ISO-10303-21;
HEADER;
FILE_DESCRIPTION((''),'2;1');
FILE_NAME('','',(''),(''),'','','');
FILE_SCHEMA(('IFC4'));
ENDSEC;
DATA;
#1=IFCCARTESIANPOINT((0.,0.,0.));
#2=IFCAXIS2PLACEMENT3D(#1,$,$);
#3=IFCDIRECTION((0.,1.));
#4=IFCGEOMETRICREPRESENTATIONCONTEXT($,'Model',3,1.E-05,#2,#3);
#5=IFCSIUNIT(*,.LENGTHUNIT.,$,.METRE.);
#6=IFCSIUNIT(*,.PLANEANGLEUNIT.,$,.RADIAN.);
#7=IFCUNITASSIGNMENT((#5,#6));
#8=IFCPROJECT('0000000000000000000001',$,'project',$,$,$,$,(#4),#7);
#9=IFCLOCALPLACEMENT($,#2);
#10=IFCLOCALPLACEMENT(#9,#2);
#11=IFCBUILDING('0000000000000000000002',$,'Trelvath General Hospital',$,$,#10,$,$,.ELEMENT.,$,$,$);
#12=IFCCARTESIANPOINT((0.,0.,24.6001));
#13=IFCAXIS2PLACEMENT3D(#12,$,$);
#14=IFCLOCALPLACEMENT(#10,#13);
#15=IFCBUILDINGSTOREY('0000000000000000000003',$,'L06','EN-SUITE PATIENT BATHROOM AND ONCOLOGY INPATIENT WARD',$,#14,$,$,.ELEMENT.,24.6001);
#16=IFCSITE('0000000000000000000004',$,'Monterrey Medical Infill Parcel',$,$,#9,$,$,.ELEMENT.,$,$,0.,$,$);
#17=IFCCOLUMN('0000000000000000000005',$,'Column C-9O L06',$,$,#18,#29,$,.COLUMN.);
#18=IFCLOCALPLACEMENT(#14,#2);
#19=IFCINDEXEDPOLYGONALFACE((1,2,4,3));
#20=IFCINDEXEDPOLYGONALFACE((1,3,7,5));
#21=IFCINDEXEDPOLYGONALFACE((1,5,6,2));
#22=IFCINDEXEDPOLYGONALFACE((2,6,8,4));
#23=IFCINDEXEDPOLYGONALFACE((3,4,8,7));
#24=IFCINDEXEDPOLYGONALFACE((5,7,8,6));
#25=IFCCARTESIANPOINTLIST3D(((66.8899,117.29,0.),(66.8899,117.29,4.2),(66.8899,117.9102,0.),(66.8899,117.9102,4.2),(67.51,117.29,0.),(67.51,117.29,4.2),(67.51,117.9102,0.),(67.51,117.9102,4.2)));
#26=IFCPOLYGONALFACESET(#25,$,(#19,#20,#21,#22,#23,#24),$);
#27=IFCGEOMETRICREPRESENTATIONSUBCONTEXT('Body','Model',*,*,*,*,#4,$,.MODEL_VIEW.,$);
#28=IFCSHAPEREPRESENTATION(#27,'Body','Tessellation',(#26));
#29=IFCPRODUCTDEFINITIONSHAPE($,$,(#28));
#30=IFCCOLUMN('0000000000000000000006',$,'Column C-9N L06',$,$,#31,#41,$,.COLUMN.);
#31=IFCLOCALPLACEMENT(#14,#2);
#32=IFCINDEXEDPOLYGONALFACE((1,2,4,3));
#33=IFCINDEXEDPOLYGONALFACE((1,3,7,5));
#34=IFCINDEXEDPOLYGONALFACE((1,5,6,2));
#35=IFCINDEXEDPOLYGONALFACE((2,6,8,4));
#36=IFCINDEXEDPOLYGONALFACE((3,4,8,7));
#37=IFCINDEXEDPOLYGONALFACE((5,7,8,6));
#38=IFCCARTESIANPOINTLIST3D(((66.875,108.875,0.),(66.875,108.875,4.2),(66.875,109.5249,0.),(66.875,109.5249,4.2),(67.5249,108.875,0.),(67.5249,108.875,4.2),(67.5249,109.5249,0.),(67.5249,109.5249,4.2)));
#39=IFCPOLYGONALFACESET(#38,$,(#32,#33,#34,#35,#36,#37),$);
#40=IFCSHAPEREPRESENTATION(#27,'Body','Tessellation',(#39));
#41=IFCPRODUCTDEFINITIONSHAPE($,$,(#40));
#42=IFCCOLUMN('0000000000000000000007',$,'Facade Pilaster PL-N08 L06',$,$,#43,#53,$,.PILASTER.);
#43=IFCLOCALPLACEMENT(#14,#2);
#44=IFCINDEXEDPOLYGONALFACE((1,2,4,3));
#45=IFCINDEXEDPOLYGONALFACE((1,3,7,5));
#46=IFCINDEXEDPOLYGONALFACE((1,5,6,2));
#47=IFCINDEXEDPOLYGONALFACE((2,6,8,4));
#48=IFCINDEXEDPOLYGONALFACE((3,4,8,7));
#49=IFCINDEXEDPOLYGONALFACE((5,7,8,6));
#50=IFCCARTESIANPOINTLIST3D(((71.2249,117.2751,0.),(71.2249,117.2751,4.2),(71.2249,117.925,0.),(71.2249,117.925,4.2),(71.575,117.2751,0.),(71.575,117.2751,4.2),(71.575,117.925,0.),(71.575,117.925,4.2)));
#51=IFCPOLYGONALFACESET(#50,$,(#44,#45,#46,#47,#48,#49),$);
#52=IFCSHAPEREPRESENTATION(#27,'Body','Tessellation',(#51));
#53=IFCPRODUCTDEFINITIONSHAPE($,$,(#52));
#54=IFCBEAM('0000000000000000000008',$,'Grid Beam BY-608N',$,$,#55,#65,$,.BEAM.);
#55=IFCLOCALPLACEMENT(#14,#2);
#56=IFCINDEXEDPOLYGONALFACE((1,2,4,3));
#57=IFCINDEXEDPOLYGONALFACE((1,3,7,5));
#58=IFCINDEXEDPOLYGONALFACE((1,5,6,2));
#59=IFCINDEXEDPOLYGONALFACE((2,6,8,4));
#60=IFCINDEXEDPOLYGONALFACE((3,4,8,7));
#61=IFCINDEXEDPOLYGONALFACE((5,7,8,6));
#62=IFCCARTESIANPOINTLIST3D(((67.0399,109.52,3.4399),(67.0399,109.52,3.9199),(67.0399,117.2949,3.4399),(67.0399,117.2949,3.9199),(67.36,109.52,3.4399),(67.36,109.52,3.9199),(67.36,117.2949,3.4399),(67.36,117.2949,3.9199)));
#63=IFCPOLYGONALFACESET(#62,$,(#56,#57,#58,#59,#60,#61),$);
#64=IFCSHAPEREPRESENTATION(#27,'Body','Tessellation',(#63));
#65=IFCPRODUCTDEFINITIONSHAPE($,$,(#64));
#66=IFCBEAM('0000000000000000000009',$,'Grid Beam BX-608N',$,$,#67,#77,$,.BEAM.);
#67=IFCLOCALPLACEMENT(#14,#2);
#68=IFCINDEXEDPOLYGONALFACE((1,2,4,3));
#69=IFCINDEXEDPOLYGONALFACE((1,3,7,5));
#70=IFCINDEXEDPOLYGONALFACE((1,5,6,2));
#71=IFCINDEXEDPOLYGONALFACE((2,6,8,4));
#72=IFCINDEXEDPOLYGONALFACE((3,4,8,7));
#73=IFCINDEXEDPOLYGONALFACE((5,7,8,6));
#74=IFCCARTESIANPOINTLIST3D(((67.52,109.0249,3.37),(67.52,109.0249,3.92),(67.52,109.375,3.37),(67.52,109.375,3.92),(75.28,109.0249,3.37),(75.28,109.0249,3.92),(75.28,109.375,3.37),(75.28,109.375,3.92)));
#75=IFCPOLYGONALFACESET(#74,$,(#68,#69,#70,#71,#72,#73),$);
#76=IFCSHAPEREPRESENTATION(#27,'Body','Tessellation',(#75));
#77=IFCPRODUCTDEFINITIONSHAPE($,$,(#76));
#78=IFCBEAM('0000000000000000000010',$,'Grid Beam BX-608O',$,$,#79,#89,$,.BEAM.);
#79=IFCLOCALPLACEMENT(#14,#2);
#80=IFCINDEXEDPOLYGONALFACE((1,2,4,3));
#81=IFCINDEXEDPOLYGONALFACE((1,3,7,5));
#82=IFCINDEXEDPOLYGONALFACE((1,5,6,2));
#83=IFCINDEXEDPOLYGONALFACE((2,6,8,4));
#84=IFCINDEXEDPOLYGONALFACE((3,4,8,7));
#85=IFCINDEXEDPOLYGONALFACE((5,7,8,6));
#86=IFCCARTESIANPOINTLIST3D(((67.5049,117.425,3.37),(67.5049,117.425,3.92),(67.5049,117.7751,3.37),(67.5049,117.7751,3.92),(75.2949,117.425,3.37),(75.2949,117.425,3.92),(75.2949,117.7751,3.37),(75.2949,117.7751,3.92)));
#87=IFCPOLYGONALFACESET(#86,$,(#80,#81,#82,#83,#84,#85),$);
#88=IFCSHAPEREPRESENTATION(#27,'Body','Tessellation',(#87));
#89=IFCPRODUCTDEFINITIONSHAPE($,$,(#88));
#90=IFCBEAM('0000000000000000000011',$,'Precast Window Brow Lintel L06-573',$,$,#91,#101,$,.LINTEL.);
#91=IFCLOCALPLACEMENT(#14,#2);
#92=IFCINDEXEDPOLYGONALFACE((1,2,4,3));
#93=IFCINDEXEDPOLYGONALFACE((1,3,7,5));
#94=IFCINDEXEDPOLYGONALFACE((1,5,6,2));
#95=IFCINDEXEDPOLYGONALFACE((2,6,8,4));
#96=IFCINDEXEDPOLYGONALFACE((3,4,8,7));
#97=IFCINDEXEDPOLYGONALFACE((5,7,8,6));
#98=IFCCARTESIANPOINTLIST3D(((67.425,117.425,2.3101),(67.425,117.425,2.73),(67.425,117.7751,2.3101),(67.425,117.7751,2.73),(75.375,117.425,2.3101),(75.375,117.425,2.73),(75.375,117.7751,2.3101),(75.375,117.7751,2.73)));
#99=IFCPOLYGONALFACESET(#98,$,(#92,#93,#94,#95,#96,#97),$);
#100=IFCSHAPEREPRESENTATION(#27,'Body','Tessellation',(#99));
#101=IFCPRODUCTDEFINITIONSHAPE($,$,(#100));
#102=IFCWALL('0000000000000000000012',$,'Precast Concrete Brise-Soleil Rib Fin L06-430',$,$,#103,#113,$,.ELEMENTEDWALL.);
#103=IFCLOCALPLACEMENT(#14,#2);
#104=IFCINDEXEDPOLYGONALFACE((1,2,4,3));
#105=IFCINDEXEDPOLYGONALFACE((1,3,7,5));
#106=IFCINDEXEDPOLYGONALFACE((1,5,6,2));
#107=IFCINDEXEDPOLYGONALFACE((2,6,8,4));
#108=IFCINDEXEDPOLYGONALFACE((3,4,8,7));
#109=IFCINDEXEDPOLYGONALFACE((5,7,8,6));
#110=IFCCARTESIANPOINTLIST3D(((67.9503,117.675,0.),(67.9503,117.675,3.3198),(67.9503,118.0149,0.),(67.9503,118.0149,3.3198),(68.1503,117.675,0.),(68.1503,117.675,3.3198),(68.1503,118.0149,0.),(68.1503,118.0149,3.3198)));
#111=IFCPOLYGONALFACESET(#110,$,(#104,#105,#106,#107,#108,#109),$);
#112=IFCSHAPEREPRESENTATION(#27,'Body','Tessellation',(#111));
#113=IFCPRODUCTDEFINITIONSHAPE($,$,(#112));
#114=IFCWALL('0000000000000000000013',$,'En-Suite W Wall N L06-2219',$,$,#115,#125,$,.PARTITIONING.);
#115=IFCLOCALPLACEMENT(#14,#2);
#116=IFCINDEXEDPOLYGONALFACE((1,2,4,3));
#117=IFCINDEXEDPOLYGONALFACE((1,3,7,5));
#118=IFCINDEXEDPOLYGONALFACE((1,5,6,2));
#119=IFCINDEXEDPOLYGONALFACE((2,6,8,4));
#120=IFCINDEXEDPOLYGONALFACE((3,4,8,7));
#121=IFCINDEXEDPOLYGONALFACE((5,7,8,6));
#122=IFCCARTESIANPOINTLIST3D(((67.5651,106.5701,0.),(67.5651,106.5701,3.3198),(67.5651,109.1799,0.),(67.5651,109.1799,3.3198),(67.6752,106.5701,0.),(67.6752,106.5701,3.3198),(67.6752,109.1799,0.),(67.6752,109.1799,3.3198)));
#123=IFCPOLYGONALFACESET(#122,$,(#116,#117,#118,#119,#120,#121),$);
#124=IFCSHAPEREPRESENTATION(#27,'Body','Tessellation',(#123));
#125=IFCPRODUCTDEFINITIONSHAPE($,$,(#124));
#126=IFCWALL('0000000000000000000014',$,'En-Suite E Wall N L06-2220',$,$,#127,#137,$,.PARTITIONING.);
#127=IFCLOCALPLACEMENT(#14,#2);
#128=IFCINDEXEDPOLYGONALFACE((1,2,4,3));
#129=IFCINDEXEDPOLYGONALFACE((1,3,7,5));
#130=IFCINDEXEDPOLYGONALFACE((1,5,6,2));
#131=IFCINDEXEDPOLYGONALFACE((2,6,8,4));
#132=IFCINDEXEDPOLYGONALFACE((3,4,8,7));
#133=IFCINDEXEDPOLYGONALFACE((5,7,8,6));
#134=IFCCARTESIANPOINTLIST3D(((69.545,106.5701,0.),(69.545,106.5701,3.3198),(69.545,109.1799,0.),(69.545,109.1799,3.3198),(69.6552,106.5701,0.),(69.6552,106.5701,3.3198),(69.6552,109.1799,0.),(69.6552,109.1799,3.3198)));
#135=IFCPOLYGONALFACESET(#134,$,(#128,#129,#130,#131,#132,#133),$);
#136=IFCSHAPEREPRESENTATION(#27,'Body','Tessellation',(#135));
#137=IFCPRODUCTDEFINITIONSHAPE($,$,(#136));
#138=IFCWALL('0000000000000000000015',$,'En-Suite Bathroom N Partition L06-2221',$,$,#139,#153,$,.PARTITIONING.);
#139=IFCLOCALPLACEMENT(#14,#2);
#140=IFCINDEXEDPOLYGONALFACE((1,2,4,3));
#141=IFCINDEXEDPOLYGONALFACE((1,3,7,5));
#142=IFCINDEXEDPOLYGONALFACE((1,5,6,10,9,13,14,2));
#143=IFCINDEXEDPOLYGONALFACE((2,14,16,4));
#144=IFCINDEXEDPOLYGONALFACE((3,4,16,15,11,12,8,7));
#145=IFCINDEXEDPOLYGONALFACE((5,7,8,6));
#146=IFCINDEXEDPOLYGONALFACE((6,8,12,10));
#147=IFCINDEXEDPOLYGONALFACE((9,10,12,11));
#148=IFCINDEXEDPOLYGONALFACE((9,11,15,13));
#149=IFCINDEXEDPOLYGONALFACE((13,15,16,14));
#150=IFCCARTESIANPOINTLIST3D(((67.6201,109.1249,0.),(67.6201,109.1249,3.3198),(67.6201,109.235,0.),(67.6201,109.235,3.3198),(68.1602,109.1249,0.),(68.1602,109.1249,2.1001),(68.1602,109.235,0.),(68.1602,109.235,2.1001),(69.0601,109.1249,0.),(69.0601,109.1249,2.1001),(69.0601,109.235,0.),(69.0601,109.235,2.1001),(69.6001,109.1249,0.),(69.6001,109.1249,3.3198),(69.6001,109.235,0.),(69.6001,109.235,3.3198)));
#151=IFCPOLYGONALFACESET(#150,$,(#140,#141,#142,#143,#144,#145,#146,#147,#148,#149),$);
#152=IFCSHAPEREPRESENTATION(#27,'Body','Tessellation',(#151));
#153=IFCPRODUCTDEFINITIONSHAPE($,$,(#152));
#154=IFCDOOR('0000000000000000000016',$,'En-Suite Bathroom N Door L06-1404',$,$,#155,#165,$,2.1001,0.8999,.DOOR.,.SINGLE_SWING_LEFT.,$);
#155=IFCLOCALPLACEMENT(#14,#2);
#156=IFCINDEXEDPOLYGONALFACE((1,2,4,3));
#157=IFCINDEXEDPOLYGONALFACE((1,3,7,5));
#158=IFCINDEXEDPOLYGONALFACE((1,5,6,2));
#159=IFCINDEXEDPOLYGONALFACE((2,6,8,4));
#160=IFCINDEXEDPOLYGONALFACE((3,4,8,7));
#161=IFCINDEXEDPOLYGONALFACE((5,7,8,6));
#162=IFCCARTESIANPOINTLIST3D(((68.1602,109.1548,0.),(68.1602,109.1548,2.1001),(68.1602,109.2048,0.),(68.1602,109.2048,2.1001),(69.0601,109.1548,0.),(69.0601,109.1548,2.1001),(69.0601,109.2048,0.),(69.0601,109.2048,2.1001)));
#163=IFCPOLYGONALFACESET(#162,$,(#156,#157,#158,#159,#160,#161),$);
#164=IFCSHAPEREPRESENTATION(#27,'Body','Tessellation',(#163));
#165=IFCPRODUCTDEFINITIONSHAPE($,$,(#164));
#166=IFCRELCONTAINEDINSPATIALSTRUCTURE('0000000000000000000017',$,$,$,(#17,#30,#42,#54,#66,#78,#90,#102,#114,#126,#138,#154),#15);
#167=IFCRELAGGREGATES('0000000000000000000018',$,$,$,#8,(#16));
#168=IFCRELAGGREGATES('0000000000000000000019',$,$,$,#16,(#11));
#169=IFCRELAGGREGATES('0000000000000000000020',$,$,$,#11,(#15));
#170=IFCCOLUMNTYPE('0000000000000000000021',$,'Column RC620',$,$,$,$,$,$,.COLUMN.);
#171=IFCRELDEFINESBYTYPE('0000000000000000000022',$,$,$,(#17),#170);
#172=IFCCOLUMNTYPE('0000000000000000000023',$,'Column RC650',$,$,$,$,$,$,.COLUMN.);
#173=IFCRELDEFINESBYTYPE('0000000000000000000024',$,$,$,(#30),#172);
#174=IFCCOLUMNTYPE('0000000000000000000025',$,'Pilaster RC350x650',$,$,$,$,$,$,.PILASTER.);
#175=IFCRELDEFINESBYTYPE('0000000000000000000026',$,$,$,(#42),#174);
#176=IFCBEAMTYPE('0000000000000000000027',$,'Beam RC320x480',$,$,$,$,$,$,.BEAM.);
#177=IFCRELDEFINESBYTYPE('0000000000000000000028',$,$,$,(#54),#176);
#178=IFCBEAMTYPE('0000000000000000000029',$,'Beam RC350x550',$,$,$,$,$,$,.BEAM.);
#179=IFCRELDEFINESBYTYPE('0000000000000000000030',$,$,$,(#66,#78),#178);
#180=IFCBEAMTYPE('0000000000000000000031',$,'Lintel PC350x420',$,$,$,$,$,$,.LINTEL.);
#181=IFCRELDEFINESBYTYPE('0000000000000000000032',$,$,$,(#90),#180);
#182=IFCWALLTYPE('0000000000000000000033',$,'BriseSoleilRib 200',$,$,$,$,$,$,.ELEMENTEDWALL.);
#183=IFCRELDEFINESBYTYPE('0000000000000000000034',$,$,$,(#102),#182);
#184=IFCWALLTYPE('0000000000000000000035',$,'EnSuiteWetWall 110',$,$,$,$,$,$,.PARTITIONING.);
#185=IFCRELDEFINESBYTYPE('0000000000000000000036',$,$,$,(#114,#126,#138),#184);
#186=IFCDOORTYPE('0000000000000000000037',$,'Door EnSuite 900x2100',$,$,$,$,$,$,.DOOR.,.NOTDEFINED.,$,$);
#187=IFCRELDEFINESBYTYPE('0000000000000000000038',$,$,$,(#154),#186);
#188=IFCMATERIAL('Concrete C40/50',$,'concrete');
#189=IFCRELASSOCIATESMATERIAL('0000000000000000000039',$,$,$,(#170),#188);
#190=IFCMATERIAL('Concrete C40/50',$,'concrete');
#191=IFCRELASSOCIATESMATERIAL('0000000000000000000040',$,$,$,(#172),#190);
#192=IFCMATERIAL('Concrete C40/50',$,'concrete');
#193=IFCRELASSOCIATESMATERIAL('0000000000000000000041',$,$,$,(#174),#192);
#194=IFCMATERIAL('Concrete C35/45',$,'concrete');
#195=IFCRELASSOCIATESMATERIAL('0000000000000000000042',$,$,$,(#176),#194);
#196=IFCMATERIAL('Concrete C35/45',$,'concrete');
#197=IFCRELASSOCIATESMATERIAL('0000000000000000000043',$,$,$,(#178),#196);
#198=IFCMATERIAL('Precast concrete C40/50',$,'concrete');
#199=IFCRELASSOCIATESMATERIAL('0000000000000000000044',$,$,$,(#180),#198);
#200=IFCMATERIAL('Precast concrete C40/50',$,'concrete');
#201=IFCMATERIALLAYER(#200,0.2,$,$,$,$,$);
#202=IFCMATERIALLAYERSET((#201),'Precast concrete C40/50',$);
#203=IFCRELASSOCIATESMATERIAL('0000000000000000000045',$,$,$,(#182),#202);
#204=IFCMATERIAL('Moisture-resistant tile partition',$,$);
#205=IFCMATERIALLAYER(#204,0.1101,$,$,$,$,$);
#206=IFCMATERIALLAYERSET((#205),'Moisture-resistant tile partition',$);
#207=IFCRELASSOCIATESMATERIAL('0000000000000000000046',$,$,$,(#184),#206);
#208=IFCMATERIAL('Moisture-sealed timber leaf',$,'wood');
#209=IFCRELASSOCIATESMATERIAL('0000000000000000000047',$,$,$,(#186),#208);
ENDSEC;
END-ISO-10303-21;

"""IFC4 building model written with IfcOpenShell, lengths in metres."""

from ifc_helpers import new_model, si_unit, direction, frame, frame_2d, origin, origin_2d, place, context, subcontext, project, spatial, rectangle, extrude, material, layer, layer_set, material_profile, profile_set, type_object, element, fill, save


model = new_model("IFC4")

# Units and contexts
model_context = context("Model", 3, precision=1e-05, world=origin(), true_north=direction((0.0, 1.0)))
body_context = subcontext(model_context, "Body", "Model", "MODEL_VIEW")
ifc_project = project(units=[si_unit("LENGTHUNIT", "METRE"), si_unit("PLANEANGLEUNIT", "RADIAN")], contexts=[model_context])

# Site, building, storey
site_placement = place(None, origin())
site = spatial("IfcSite", under=ifc_project, at=site_placement, Name="Monterrey Medical Infill Parcel", CompositionType="ELEMENT", RefElevation=0.0)
building_placement = place(site_placement, origin())
building = spatial("IfcBuilding", under=site, at=building_placement, Name="Trelvath General Hospital", CompositionType="ELEMENT")
storey_placement = place(building_placement, frame((0.0, 0.0, 24.6001)))
storey = spatial("IfcBuildingStorey", under=building, at=storey_placement, Name="L06", Description="EN-SUITE PATIENT BATHROOM AND ONCOLOGY INPATIENT WARD", CompositionType="ELEMENT", Elevation=24.6001)

# Columns
ifc_material_1 = material(Name="Concrete C40/50", Category="concrete")
ifc_material_profile_1 = material_profile(ifc_material_1, rectangle(XDim=0.6201, YDim=0.6201, at=origin_2d()), Name="RC620x620")
ifc_profile_set_1 = profile_set([ifc_material_profile_1], Name="Concrete C40/50")
column_type_1 = type_object("IfcColumnType", Name="Column RC620", PredefinedType="COLUMN", material=ifc_profile_set_1)
column_1_placement = place(storey_placement, frame((67.2, 117.6001, 0.0), z_axis=(0.0, 0.0, 1.0), x_axis=(1.0, 0.0, 0.0)))
element("IfcColumn", 1, at=column_1_placement, inside=storey, type_object=column_type_1, Name="Column C-9O L06", PredefinedType="COLUMN", context=body_context, shape_type="SweptSolid", body=[
    extrude(rectangle(XDim=0.6201, YDim=0.6201, at=origin_2d()), origin(), (0.0, 0.0, 1.0), 4.2),
])
ifc_material_2 = material(Name="Concrete C40/50", Category="concrete")
ifc_material_profile_2 = material_profile(ifc_material_2, rectangle(XDim=0.6499, YDim=0.6499, at=origin_2d()), Name="RC650x650")
ifc_profile_set_2 = profile_set([ifc_material_profile_2], Name="Concrete C40/50")
column_type_2 = type_object("IfcColumnType", Name="Column RC650", PredefinedType="COLUMN", material=ifc_profile_set_2)
column_2_placement = place(storey_placement, frame((67.2, 109.2, 0.0), z_axis=(0.0, 0.0, 1.0), x_axis=(1.0, 0.0, 0.0)))
element("IfcColumn", 2, at=column_2_placement, inside=storey, type_object=column_type_2, Name="Column C-9N L06", PredefinedType="COLUMN", context=body_context, shape_type="SweptSolid", body=[
    extrude(rectangle(XDim=0.6499, YDim=0.6499, at=origin_2d()), origin(), (0.0, 0.0, 1.0), 4.2),
])
ifc_material_3 = material(Name="Concrete C40/50", Category="concrete")
ifc_material_profile_3 = material_profile(ifc_material_3, rectangle(XDim=0.3501, YDim=0.6499, at=origin_2d()), Name="RC350x650")
ifc_profile_set_3 = profile_set([ifc_material_profile_3], Name="Concrete C40/50")
column_type_3 = type_object("IfcColumnType", Name="Pilaster RC350x650", PredefinedType="PILASTER", material=ifc_profile_set_3)
column_3_placement = place(storey_placement, frame((71.3999, 117.6001, 0.0), z_axis=(0.0, 0.0, 1.0), x_axis=(1.0, 0.0, 0.0)))
element("IfcColumn", 3, at=column_3_placement, inside=storey, type_object=column_type_3, Name="Facade Pilaster PL-N08 L06", PredefinedType="PILASTER", context=body_context, shape_type="SweptSolid", body=[
    extrude(rectangle(XDim=0.3501, YDim=0.6499, at=origin_2d()), origin(), (0.0, 0.0, 1.0), 4.2),
])

# Beams
ifc_material_4 = material(Name="Concrete C35/45", Category="concrete")
ifc_material_profile_4 = material_profile(ifc_material_4, rectangle(XDim=0.3201, YDim=0.48, at=origin_2d()), Name="RCB320x480")
ifc_profile_set_4 = profile_set([ifc_material_profile_4], Name="Concrete C35/45")
beam_type_1 = type_object("IfcBeamType", Name="Beam RC320x480", PredefinedType="BEAM", material=ifc_profile_set_4)
beam_1_placement = place(storey_placement, frame((67.2, 109.52, 3.6799), z_axis=(0.0, 1.0, 0.0), x_axis=(-1.0, 0.0, 0.0)))
element("IfcBeam", 4, at=beam_1_placement, inside=storey, type_object=beam_type_1, Name="Grid Beam BY-608N", PredefinedType="BEAM", context=body_context, shape_type="SweptSolid", body=[
    extrude(rectangle(XDim=0.3201, YDim=0.48, at=origin_2d()), origin(), (0.0, 0.0, 1.0), 7.7749),
])
ifc_material_5 = material(Name="Concrete C35/45", Category="concrete")
ifc_material_profile_5 = material_profile(ifc_material_5, rectangle(XDim=0.3501, YDim=0.55, at=origin_2d()), Name="RCB350x550")
ifc_profile_set_5 = profile_set([ifc_material_profile_5], Name="Concrete C35/45")
beam_type_2 = type_object("IfcBeamType", Name="Beam RC350x550", PredefinedType="BEAM", material=ifc_profile_set_5)
beam_2_placement = place(storey_placement, frame((67.52, 109.2, 3.645), z_axis=(1.0, 0.0, 0.0), x_axis=(0.0, 1.0, 0.0)))
element("IfcBeam", 5, at=beam_2_placement, inside=storey, type_object=beam_type_2, Name="Grid Beam BX-608N", PredefinedType="BEAM", context=body_context, shape_type="SweptSolid", body=[
    extrude(rectangle(XDim=0.3501, YDim=0.55, at=origin_2d()), origin(), (0.0, 0.0, 1.0), 7.76),
])
beam_3_placement = place(storey_placement, frame((67.5049, 117.6001, 3.645), z_axis=(1.0, 0.0, 0.0), x_axis=(0.0, 1.0, 0.0)))
element("IfcBeam", 6, at=beam_3_placement, inside=storey, type_object=beam_type_2, Name="Grid Beam BX-608O", PredefinedType="BEAM", context=body_context, shape_type="SweptSolid", body=[
    extrude(rectangle(XDim=0.3501, YDim=0.55, at=origin_2d()), origin(), (0.0, 0.0, 1.0), 7.79),
])
ifc_material_6 = material(Name="Precast concrete C40/50", Category="concrete")
ifc_material_profile_6 = material_profile(ifc_material_6, rectangle(XDim=0.3501, YDim=0.4199, at=origin_2d()), Name="PCL350x420")
ifc_profile_set_6 = profile_set([ifc_material_profile_6], Name="Precast concrete C40/50")
beam_type_3 = type_object("IfcBeamType", Name="Lintel PC350x420", PredefinedType="LINTEL", material=ifc_profile_set_6)
beam_4_placement = place(storey_placement, frame((67.425, 117.6001, 2.52), z_axis=(1.0, 0.0, 0.0), x_axis=(0.0, 1.0, 0.0)))
element("IfcBeam", 7, at=beam_4_placement, inside=storey, type_object=beam_type_3, Name="Precast Window Brow Lintel L06-573", PredefinedType="LINTEL", context=body_context, shape_type="SweptSolid", body=[
    extrude(rectangle(XDim=0.3501, YDim=0.4199, at=origin_2d()), origin(), (0.0, 0.0, 1.0), 7.95),
])

# Walls
ifc_material_7 = material(Name="Precast concrete C40/50", Category="concrete")
ifc_layer_1 = layer(ifc_material_7, 0.2)
ifc_layer_set_1 = layer_set([ifc_layer_1], Name="Precast concrete C40/50")
wall_type_1 = type_object("IfcWallType", Name="BriseSoleilRib 200", PredefinedType="ELEMENTEDWALL", material=ifc_layer_set_1)
wall_1_placement = place(storey_placement, frame((68.0503, 117.675, 0.0), z_axis=(0.0, 0.0, 1.0), x_axis=(0.0, 1.0, 0.0)))
element("IfcWall", 8, at=wall_1_placement, inside=storey, type_object=wall_type_1, Name="Precast Concrete Brise-Soleil Rib Fin L06-430", PredefinedType="ELEMENTEDWALL", context=body_context, shape_type="SweptSolid", body=[
    extrude(rectangle(XDim=0.3398, YDim=0.2, at=frame_2d((0.1699, 0.0))), origin(), (0.0, 0.0, 1.0), 3.3198),
])
ifc_material_8 = material(Name="Moisture-resistant tile partition")
ifc_layer_2 = layer(ifc_material_8, 0.1101)
ifc_layer_set_2 = layer_set([ifc_layer_2], Name="Moisture-resistant tile partition")
wall_type_2 = type_object("IfcWallType", Name="EnSuiteWetWall 110", PredefinedType="PARTITIONING", material=ifc_layer_set_2)
for number, where, z_axis, x_axis, name in (
    (9, (67.6201, 106.5701, 0.0), (0.0, 0.0, 1.0), (0.0, 1.0, 0.0), "En-Suite W Wall N L06-2219"),
    (10, (69.6001, 106.5701, 0.0), (0.0, 0.0, 1.0), (0.0, 1.0, 0.0), "En-Suite E Wall N L06-2220"),
):
    element("IfcWall", number, at=place(storey_placement, frame(where, z_axis=z_axis, x_axis=x_axis)), inside=storey, type_object=wall_type_2, Name=name, PredefinedType="PARTITIONING", context=body_context, shape_type="SweptSolid", body=[
        extrude(rectangle(XDim=2.6099, YDim=0.1101, at=frame_2d((1.3049, 0.0))), origin(), (0.0, 0.0, 1.0), 3.3198),
    ])

# Wall, opening, door
wall_2_placement = place(storey_placement, frame((67.6201, 109.1799, 0.0), z_axis=(0.0, 0.0, 1.0), x_axis=(1.0, 0.0, 0.0)))
wall_2 = element("IfcWall", 11, at=wall_2_placement, inside=storey, type_object=wall_type_2, Name="En-Suite Bathroom N Partition L06-2221", PredefinedType="PARTITIONING", context=body_context, shape_type="SweptSolid", body=[
    extrude(rectangle(XDim=1.98, YDim=0.1101, at=frame_2d((0.99, 0.0))), origin(), (0.0, 0.0, 1.0), 3.3198),
])
opening_1_placement = place(wall_2_placement, frame((0.54, 0.0, 0.0)))
opening_1 = element("IfcOpeningElement", 12, at=opening_1_placement, cuts=wall_2, PredefinedType="OPENING", context=body_context, shape_type="SweptSolid", body=[
    extrude(rectangle(XDim=0.8999, YDim=2.1001, at=frame_2d((0.45, 1.05))), frame((0.0, 0.0649, 0.0), z_axis=(0.0, -1.0, 0.0), x_axis=(1.0, 0.0, 0.0)), (0.0, 0.0, 1.0), 0.1301),
])
ifc_material_9 = material(Name="Moisture-sealed timber leaf", Category="wood")
door_type = type_object("IfcDoorType", Name="Door EnSuite 900x2100", OperationType="NOTDEFINED", PredefinedType="DOOR", material=ifc_material_9)
door_placement = place(opening_1_placement, origin())
door = element("IfcDoor", 13, at=door_placement, inside=storey, type_object=door_type, Name="En-Suite Bathroom N Door L06-1404", OperationType="SINGLE_SWING_LEFT", OverallHeight=2.1001, OverallWidth=0.8999, PredefinedType="DOOR", context=body_context, shape_type="SweptSolid", body=[
    extrude(rectangle(XDim=0.8999, YDim=2.1001, at=frame_2d((0.45, 1.05))), frame((0.0, 0.0249, 0.0), z_axis=(0.0, -1.0, 0.0), x_axis=(1.0, 0.0, 0.0)), (0.0, 0.0, 1.0), 0.05),
])
fill(opening_1, door)

save(model, "model.ifc")
